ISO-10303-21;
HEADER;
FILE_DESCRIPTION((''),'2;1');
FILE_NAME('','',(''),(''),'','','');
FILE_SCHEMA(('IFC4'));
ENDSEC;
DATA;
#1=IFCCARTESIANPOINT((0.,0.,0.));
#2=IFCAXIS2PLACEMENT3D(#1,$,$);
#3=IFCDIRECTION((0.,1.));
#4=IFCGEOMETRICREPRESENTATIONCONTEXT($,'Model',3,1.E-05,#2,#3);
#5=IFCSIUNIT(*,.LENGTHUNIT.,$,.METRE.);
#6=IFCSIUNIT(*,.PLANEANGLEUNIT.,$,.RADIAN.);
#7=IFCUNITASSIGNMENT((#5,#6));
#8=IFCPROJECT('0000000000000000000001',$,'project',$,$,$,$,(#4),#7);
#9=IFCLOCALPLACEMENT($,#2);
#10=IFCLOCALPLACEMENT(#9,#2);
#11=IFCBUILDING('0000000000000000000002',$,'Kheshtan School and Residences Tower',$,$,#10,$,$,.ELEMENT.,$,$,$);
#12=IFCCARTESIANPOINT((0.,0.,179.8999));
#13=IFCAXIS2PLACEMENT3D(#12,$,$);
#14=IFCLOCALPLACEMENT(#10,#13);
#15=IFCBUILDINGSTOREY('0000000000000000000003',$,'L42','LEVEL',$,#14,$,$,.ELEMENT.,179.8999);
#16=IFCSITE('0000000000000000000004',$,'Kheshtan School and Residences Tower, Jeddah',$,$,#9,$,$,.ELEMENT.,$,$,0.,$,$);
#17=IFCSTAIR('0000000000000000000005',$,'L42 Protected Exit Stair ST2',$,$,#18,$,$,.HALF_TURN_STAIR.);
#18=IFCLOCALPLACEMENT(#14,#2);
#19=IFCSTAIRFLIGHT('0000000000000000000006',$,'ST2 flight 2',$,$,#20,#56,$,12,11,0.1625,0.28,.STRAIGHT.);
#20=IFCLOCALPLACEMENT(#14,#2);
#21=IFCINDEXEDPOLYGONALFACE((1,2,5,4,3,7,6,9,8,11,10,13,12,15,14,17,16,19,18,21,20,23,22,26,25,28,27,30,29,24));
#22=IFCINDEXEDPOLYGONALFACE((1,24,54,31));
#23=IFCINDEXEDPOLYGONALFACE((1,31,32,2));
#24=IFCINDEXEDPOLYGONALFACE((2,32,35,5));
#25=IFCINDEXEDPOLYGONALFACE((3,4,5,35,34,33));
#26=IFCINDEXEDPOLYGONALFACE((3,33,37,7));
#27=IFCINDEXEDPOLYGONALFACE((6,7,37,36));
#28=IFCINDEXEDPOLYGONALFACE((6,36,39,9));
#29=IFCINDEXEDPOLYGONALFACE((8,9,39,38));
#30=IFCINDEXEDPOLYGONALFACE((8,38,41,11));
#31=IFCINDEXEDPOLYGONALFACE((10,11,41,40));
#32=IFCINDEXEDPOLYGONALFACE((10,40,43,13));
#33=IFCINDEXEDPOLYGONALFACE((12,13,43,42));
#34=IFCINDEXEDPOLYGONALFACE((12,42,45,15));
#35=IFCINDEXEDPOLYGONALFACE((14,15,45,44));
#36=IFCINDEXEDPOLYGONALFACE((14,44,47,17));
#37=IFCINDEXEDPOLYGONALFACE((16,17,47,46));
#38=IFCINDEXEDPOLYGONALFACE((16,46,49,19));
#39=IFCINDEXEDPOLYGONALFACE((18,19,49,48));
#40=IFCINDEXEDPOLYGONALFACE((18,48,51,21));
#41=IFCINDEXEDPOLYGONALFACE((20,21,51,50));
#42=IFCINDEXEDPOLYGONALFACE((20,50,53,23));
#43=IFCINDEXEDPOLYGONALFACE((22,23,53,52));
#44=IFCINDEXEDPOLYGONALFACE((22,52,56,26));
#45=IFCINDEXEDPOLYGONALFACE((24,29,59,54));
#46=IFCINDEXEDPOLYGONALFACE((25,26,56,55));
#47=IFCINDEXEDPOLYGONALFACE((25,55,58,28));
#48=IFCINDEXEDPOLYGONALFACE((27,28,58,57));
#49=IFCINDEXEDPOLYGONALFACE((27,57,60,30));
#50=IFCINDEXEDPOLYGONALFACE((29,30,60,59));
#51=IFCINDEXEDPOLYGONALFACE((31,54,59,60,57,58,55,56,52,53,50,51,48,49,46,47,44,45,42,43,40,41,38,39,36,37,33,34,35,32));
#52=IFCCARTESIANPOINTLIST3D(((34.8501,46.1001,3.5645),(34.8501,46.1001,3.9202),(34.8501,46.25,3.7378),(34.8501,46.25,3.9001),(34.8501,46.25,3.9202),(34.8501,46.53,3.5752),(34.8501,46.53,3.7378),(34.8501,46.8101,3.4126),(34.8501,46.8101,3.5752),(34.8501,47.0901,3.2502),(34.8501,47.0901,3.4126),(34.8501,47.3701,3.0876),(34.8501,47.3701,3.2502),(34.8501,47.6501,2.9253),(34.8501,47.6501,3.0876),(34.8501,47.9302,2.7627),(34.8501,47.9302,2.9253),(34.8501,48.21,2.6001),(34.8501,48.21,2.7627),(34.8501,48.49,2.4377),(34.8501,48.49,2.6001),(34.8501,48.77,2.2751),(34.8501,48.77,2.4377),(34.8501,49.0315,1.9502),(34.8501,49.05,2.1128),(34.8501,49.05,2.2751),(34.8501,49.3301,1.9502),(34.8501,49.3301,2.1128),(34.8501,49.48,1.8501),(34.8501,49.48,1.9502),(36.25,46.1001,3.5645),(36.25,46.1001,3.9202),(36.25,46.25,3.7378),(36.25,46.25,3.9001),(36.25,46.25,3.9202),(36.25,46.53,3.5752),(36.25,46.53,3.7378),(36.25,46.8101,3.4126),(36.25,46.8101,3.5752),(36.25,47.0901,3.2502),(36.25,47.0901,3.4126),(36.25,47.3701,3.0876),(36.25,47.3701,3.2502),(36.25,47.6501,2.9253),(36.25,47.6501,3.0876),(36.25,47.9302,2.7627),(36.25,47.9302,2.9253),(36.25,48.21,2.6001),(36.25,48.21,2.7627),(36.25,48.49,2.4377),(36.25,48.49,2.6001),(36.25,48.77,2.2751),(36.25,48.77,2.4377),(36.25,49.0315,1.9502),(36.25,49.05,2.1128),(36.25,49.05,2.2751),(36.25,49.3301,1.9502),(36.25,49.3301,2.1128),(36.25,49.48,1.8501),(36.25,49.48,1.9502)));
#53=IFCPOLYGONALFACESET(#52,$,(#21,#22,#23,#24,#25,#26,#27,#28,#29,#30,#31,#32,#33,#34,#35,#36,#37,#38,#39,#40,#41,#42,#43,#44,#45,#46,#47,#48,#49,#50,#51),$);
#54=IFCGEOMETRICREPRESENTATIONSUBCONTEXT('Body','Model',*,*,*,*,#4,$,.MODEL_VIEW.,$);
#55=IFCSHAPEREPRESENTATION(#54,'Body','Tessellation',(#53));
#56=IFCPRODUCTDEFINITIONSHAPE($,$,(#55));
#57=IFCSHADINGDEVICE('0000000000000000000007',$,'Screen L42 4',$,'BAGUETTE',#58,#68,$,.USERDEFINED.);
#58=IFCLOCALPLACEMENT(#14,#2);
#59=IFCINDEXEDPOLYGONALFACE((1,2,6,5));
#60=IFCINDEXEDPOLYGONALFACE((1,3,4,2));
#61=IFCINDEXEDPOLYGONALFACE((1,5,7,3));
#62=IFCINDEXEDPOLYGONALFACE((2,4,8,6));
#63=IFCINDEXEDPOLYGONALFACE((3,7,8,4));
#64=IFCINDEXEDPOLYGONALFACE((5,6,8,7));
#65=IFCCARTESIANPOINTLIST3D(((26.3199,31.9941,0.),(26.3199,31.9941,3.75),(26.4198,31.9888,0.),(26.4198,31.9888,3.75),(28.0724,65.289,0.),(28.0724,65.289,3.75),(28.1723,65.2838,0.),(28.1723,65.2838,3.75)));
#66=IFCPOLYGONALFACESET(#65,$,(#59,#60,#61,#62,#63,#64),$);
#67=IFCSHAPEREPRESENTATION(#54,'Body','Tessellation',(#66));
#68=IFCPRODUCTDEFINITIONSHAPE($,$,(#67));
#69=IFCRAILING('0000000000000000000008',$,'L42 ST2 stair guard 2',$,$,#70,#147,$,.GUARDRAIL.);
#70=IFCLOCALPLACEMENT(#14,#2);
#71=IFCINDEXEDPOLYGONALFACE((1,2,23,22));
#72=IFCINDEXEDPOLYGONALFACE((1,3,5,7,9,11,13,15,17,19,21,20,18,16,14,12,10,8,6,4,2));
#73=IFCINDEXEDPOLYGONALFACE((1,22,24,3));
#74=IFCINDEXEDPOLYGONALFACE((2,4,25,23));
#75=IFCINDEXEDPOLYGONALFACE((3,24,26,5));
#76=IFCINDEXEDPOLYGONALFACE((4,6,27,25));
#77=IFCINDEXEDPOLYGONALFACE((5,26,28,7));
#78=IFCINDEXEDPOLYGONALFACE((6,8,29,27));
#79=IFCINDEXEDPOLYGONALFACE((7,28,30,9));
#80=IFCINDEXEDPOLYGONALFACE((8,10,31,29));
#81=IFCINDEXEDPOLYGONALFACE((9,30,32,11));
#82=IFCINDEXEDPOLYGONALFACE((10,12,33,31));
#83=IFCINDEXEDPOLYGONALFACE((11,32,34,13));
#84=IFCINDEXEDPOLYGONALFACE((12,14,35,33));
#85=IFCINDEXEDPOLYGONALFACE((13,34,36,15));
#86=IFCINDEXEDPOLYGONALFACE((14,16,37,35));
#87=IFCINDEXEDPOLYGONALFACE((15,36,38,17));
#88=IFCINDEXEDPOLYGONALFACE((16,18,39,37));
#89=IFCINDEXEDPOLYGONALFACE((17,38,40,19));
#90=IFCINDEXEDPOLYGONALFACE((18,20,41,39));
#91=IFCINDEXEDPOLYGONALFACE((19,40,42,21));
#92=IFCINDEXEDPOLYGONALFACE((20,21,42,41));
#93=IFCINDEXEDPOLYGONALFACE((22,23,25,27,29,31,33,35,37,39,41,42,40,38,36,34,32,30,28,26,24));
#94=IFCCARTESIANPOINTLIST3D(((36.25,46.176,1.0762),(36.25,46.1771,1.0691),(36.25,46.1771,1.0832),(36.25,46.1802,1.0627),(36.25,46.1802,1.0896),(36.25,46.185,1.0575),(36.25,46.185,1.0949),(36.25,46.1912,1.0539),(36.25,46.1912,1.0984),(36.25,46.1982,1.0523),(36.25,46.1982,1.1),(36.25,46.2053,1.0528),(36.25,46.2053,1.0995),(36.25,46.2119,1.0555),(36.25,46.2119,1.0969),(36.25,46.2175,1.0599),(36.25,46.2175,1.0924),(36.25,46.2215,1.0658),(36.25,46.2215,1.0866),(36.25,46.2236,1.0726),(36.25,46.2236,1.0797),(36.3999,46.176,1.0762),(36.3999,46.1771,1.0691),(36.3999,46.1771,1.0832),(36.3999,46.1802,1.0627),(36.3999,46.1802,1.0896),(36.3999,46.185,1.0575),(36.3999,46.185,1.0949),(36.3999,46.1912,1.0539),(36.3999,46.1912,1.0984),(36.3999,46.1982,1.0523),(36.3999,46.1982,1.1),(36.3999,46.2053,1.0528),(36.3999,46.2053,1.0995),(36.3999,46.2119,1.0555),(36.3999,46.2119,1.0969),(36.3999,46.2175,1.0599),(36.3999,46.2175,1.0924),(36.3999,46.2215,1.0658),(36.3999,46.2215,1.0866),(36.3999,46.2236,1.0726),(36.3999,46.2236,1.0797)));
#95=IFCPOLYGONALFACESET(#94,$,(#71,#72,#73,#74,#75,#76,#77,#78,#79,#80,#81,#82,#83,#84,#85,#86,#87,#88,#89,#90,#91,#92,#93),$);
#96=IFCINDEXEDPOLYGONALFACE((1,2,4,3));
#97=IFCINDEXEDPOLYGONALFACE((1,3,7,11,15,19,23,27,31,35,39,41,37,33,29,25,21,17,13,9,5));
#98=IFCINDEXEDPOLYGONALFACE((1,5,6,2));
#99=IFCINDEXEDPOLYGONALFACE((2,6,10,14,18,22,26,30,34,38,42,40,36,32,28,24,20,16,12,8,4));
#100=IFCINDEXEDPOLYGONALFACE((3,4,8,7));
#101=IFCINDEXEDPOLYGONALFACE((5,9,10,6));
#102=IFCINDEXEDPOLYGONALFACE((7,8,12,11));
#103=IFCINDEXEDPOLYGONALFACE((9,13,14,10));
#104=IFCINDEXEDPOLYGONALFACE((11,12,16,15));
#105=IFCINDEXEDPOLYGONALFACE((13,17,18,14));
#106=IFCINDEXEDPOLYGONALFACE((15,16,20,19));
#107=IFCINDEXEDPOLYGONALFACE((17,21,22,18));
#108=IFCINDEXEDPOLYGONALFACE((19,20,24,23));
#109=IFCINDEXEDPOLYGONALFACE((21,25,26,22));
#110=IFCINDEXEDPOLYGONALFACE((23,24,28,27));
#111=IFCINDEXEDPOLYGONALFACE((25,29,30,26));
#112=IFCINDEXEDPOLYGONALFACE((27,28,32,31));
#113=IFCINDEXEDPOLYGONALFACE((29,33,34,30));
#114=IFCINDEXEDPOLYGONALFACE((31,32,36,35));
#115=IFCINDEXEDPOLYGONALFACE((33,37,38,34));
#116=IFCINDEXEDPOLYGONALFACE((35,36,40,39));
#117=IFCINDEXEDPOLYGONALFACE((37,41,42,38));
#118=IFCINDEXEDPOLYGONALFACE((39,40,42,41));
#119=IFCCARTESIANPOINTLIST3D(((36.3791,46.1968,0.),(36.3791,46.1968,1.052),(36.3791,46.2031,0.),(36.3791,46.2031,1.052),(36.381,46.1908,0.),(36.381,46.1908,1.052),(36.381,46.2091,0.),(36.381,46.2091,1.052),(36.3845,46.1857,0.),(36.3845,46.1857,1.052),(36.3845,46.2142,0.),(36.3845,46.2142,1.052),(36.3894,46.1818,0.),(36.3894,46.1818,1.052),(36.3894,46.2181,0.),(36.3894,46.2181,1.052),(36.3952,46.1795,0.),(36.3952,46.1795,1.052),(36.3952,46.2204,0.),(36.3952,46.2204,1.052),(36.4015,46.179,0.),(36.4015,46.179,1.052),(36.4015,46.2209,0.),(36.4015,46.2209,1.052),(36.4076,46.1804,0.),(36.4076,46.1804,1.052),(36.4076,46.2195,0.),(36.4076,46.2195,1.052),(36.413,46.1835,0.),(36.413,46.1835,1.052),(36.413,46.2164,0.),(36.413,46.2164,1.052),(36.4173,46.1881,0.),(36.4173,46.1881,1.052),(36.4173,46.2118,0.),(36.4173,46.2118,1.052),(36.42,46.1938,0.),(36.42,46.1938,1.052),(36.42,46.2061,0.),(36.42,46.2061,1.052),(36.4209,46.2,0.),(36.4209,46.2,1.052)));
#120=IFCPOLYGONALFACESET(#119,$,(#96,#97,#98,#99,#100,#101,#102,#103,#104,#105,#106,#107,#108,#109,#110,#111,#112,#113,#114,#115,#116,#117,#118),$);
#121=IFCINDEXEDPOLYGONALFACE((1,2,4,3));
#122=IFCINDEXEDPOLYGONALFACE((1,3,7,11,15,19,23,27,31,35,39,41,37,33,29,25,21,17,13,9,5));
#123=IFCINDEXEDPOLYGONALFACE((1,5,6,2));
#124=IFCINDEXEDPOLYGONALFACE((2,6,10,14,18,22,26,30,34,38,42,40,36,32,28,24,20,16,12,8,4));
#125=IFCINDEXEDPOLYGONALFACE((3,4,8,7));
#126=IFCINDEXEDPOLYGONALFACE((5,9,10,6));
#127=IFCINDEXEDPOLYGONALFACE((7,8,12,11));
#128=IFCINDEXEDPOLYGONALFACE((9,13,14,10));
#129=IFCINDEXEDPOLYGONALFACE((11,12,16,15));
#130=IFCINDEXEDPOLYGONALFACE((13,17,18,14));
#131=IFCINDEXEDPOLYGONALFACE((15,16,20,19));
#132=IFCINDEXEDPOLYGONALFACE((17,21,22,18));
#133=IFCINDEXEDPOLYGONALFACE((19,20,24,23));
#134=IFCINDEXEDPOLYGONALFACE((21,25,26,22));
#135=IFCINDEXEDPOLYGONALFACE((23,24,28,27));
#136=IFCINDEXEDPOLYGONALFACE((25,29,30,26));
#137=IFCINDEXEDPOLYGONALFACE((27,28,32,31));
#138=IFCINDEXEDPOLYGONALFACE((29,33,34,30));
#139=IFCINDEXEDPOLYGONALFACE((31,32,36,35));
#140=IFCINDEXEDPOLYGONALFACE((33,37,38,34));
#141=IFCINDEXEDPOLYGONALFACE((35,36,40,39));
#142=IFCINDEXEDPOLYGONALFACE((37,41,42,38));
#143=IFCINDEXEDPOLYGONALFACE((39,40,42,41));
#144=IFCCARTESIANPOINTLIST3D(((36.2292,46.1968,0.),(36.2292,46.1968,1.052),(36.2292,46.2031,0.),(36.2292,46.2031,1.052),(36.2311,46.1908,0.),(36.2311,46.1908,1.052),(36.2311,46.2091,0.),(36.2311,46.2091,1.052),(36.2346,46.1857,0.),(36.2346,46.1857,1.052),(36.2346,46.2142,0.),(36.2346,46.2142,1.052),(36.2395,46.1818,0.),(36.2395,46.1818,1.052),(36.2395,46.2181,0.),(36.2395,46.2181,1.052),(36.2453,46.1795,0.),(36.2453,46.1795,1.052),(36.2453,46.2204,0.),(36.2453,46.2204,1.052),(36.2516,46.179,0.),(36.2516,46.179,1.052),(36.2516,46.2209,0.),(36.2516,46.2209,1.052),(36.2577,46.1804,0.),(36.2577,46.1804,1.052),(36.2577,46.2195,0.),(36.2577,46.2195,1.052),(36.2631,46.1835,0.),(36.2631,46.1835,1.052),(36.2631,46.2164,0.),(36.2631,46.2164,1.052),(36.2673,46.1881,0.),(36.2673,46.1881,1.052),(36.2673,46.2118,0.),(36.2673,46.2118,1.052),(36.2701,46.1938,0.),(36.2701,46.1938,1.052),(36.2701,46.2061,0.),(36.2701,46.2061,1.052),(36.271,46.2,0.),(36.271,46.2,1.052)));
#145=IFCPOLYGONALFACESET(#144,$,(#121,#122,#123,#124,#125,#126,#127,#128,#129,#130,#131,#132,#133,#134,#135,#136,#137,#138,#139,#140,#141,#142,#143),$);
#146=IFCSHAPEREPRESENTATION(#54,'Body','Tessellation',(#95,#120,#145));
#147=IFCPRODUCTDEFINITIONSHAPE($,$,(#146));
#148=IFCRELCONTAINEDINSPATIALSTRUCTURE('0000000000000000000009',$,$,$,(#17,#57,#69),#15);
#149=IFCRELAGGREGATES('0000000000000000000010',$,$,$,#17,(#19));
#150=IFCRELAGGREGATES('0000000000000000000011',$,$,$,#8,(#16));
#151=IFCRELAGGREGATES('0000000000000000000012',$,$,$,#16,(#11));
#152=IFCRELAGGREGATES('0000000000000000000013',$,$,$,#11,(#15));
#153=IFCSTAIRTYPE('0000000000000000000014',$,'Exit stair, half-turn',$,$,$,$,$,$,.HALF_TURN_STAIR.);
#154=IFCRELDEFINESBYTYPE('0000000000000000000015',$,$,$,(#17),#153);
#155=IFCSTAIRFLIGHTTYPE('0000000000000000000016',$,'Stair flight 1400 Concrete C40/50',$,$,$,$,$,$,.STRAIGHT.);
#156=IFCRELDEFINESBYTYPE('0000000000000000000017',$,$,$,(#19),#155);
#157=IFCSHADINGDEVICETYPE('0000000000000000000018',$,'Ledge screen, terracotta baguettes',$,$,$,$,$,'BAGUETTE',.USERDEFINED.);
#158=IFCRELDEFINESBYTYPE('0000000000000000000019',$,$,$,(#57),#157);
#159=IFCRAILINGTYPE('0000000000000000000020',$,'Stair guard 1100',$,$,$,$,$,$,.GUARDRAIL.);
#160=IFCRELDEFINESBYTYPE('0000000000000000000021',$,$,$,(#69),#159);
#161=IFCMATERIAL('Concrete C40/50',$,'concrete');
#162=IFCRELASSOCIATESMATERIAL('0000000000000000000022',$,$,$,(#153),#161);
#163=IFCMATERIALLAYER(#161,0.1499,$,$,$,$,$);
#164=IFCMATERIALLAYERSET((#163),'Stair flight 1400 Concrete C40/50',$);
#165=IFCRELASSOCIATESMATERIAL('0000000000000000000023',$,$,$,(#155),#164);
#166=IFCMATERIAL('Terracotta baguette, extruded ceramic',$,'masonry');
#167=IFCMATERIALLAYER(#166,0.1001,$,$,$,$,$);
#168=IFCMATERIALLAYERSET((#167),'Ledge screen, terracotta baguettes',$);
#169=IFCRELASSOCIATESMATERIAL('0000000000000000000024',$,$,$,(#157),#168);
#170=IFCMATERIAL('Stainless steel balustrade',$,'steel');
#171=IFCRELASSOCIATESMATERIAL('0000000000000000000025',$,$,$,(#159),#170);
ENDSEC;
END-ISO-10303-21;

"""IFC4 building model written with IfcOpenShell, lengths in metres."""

from ifc_helpers import new_model, si_unit, direction, frame, origin, origin_2d, place, context, subcontext, project, spatial, polyline, rectangle, circle, outline, extrude, material, layer, layer_set, type_object, element, aggregate, save


model = new_model("IFC4")

# Units and contexts
model_context = context("Model", 3, precision=1e-05, world=origin(), true_north=direction((0.0, 1.0)))
body_context = subcontext(model_context, "Body", "Model", "MODEL_VIEW")
ifc_project = project(units=[si_unit("LENGTHUNIT", "METRE"), si_unit("PLANEANGLEUNIT", "RADIAN")], contexts=[model_context])

# Site, building, storey
site_placement = place(None, origin())
site = spatial("IfcSite", under=ifc_project, at=site_placement, Name="Kheshtan School and Residences Tower, Jeddah", CompositionType="ELEMENT", RefElevation=0.0)
building_placement = place(site_placement, origin())
building = spatial("IfcBuilding", under=site, at=building_placement, Name="Kheshtan School and Residences Tower", CompositionType="ELEMENT")
storey_placement = place(building_placement, frame((0.0, 0.0, 179.8999)))
storey = spatial("IfcBuildingStorey", under=building, at=storey_placement, Name="L42", Description="LEVEL", CompositionType="ELEMENT", Elevation=179.8999)

# Shared definitions
ifc_material_1 = material(Name="Concrete C40/50", Category="concrete")

# Stair, stair flight
stair_type = type_object("IfcStairType", Name="Exit stair, half-turn", PredefinedType="HALF_TURN_STAIR", material=ifc_material_1)
stair_placement = place(storey_placement, origin())
stair = element("IfcStair", 1, at=stair_placement, inside=storey, type_object=stair_type, Name="L42 Protected Exit Stair ST2", PredefinedType="HALF_TURN_STAIR")
ifc_layer_1 = layer(ifc_material_1, 0.1499)
ifc_layer_set_1 = layer_set([ifc_layer_1], Name="Stair flight 1400 Concrete C40/50")
stair_flight_type = type_object("IfcStairFlightType", Name="Stair flight 1400 Concrete C40/50", PredefinedType="STRAIGHT", material=ifc_layer_set_1)
stair_flight_placement = place(storey_placement, frame((35.55, 49.3301, 1.9502), z_axis=(0.0, 0.0, 1.0), x_axis=(0.0, -1.0, 0.0)))
stair_flight = element("IfcStairFlight", 2, at=stair_flight_placement, type_object=stair_flight_type, Name="ST2 flight 2", NumberOfRisers=12, NumberOfTreads=11, PredefinedType="STRAIGHT", RiserHeight=0.1625, TreadLength=0.28, context=body_context, shape_type="SweptSolid", body=[
    extrude(outline(polyline([(-0.1499, -0.1001), (-0.1499, 0.0), (0.0, 0.0), (0.0, 0.1626), (0.28, 0.1626), (0.28, 0.325), (0.5601, 0.325), (0.5601, 0.4875), (0.8401, 0.4875), (0.8401, 0.6499), (1.1201, 0.6499), (1.1201, 0.8125), (1.3999, 0.8125), (1.3999, 0.9751), (1.6799, 0.9751), (1.6799, 1.1375), (1.96, 1.1375), (1.96, 1.3), (2.24, 1.3), (2.24, 1.4624), (2.52, 1.4624), (2.52, 1.625), (2.8, 1.625), (2.8, 1.7876), (3.0801, 1.7876), (3.0801, 1.95), (3.0801, 1.97), (3.23, 1.97), (3.23, 1.6143), (0.2986, 0.0), (-0.1499, -0.1001)])), frame((0.0, 0.7, 0.0), z_axis=(0.0, -1.0, 0.0), x_axis=(1.0, 0.0, 0.0)), (0.0, 0.0, 1.0), 1.3999),
])
aggregate(stair, [stair_flight])

# Shading device
ifc_material_2 = material(Name="Terracotta baguette, extruded ceramic", Category="masonry")
ifc_layer_2 = layer(ifc_material_2, 0.1001)
ifc_layer_set_2 = layer_set([ifc_layer_2], Name="Ledge screen, terracotta baguettes")
shading_device_type = type_object("IfcShadingDeviceType", Name="Ledge screen, terracotta baguettes", ElementType="BAGUETTE", PredefinedType="USERDEFINED", material=ifc_layer_set_2)
shading_device_placement = place(storey_placement, frame((27.2461, 48.6389, 0.0), z_axis=(0.0, 0.0, 1.0), x_axis=(0.052563, 0.998618, 0.0)))
element("IfcShadingDevice", 3, at=shading_device_placement, inside=storey, type_object=shading_device_type, Name="Screen L42 4", ObjectType="BAGUETTE", PredefinedType="USERDEFINED", context=body_context, shape_type="SweptSolid", body=[
    extrude(rectangle(XDim=33.3411, YDim=0.1001, at=origin_2d()), origin(), (0.0, 0.0, 1.0), 3.75),
])

# Railing
ifc_material_3 = material(Name="Stainless steel balustrade", Category="steel")
railing_type_1 = type_object("IfcRailingType", Name="Stair guard 1100", PredefinedType="GUARDRAIL", material=ifc_material_3)
railing_1_placement = place(storey_placement, frame((36.3999, 46.2, 0.0)))
element("IfcRailing", 4, at=railing_1_placement, inside=storey, type_object=railing_type_1, Name="L42 ST2 stair guard 2", PredefinedType="GUARDRAIL", context=body_context, shape_type="SweptSolid", body=[
    extrude(circle(Radius=0.0239, at=origin_2d()), frame((0.0, 0.0, 1.0762), z_axis=(-1.0, 0.0, 0.0), x_axis=(0.0, -1.0, 0.0)), (0.0, 0.0, 1.0), 0.1499),
    extrude(circle(Radius=0.021, at=origin_2d()), origin(), (0.0, 0.0, 1.0), 1.052),
    extrude(circle(Radius=0.021, at=origin_2d()), frame((-0.1499, 0.0, 0.0)), (0.0, 0.0, 1.0), 1.052),
])

save(model, "model.ifc")
